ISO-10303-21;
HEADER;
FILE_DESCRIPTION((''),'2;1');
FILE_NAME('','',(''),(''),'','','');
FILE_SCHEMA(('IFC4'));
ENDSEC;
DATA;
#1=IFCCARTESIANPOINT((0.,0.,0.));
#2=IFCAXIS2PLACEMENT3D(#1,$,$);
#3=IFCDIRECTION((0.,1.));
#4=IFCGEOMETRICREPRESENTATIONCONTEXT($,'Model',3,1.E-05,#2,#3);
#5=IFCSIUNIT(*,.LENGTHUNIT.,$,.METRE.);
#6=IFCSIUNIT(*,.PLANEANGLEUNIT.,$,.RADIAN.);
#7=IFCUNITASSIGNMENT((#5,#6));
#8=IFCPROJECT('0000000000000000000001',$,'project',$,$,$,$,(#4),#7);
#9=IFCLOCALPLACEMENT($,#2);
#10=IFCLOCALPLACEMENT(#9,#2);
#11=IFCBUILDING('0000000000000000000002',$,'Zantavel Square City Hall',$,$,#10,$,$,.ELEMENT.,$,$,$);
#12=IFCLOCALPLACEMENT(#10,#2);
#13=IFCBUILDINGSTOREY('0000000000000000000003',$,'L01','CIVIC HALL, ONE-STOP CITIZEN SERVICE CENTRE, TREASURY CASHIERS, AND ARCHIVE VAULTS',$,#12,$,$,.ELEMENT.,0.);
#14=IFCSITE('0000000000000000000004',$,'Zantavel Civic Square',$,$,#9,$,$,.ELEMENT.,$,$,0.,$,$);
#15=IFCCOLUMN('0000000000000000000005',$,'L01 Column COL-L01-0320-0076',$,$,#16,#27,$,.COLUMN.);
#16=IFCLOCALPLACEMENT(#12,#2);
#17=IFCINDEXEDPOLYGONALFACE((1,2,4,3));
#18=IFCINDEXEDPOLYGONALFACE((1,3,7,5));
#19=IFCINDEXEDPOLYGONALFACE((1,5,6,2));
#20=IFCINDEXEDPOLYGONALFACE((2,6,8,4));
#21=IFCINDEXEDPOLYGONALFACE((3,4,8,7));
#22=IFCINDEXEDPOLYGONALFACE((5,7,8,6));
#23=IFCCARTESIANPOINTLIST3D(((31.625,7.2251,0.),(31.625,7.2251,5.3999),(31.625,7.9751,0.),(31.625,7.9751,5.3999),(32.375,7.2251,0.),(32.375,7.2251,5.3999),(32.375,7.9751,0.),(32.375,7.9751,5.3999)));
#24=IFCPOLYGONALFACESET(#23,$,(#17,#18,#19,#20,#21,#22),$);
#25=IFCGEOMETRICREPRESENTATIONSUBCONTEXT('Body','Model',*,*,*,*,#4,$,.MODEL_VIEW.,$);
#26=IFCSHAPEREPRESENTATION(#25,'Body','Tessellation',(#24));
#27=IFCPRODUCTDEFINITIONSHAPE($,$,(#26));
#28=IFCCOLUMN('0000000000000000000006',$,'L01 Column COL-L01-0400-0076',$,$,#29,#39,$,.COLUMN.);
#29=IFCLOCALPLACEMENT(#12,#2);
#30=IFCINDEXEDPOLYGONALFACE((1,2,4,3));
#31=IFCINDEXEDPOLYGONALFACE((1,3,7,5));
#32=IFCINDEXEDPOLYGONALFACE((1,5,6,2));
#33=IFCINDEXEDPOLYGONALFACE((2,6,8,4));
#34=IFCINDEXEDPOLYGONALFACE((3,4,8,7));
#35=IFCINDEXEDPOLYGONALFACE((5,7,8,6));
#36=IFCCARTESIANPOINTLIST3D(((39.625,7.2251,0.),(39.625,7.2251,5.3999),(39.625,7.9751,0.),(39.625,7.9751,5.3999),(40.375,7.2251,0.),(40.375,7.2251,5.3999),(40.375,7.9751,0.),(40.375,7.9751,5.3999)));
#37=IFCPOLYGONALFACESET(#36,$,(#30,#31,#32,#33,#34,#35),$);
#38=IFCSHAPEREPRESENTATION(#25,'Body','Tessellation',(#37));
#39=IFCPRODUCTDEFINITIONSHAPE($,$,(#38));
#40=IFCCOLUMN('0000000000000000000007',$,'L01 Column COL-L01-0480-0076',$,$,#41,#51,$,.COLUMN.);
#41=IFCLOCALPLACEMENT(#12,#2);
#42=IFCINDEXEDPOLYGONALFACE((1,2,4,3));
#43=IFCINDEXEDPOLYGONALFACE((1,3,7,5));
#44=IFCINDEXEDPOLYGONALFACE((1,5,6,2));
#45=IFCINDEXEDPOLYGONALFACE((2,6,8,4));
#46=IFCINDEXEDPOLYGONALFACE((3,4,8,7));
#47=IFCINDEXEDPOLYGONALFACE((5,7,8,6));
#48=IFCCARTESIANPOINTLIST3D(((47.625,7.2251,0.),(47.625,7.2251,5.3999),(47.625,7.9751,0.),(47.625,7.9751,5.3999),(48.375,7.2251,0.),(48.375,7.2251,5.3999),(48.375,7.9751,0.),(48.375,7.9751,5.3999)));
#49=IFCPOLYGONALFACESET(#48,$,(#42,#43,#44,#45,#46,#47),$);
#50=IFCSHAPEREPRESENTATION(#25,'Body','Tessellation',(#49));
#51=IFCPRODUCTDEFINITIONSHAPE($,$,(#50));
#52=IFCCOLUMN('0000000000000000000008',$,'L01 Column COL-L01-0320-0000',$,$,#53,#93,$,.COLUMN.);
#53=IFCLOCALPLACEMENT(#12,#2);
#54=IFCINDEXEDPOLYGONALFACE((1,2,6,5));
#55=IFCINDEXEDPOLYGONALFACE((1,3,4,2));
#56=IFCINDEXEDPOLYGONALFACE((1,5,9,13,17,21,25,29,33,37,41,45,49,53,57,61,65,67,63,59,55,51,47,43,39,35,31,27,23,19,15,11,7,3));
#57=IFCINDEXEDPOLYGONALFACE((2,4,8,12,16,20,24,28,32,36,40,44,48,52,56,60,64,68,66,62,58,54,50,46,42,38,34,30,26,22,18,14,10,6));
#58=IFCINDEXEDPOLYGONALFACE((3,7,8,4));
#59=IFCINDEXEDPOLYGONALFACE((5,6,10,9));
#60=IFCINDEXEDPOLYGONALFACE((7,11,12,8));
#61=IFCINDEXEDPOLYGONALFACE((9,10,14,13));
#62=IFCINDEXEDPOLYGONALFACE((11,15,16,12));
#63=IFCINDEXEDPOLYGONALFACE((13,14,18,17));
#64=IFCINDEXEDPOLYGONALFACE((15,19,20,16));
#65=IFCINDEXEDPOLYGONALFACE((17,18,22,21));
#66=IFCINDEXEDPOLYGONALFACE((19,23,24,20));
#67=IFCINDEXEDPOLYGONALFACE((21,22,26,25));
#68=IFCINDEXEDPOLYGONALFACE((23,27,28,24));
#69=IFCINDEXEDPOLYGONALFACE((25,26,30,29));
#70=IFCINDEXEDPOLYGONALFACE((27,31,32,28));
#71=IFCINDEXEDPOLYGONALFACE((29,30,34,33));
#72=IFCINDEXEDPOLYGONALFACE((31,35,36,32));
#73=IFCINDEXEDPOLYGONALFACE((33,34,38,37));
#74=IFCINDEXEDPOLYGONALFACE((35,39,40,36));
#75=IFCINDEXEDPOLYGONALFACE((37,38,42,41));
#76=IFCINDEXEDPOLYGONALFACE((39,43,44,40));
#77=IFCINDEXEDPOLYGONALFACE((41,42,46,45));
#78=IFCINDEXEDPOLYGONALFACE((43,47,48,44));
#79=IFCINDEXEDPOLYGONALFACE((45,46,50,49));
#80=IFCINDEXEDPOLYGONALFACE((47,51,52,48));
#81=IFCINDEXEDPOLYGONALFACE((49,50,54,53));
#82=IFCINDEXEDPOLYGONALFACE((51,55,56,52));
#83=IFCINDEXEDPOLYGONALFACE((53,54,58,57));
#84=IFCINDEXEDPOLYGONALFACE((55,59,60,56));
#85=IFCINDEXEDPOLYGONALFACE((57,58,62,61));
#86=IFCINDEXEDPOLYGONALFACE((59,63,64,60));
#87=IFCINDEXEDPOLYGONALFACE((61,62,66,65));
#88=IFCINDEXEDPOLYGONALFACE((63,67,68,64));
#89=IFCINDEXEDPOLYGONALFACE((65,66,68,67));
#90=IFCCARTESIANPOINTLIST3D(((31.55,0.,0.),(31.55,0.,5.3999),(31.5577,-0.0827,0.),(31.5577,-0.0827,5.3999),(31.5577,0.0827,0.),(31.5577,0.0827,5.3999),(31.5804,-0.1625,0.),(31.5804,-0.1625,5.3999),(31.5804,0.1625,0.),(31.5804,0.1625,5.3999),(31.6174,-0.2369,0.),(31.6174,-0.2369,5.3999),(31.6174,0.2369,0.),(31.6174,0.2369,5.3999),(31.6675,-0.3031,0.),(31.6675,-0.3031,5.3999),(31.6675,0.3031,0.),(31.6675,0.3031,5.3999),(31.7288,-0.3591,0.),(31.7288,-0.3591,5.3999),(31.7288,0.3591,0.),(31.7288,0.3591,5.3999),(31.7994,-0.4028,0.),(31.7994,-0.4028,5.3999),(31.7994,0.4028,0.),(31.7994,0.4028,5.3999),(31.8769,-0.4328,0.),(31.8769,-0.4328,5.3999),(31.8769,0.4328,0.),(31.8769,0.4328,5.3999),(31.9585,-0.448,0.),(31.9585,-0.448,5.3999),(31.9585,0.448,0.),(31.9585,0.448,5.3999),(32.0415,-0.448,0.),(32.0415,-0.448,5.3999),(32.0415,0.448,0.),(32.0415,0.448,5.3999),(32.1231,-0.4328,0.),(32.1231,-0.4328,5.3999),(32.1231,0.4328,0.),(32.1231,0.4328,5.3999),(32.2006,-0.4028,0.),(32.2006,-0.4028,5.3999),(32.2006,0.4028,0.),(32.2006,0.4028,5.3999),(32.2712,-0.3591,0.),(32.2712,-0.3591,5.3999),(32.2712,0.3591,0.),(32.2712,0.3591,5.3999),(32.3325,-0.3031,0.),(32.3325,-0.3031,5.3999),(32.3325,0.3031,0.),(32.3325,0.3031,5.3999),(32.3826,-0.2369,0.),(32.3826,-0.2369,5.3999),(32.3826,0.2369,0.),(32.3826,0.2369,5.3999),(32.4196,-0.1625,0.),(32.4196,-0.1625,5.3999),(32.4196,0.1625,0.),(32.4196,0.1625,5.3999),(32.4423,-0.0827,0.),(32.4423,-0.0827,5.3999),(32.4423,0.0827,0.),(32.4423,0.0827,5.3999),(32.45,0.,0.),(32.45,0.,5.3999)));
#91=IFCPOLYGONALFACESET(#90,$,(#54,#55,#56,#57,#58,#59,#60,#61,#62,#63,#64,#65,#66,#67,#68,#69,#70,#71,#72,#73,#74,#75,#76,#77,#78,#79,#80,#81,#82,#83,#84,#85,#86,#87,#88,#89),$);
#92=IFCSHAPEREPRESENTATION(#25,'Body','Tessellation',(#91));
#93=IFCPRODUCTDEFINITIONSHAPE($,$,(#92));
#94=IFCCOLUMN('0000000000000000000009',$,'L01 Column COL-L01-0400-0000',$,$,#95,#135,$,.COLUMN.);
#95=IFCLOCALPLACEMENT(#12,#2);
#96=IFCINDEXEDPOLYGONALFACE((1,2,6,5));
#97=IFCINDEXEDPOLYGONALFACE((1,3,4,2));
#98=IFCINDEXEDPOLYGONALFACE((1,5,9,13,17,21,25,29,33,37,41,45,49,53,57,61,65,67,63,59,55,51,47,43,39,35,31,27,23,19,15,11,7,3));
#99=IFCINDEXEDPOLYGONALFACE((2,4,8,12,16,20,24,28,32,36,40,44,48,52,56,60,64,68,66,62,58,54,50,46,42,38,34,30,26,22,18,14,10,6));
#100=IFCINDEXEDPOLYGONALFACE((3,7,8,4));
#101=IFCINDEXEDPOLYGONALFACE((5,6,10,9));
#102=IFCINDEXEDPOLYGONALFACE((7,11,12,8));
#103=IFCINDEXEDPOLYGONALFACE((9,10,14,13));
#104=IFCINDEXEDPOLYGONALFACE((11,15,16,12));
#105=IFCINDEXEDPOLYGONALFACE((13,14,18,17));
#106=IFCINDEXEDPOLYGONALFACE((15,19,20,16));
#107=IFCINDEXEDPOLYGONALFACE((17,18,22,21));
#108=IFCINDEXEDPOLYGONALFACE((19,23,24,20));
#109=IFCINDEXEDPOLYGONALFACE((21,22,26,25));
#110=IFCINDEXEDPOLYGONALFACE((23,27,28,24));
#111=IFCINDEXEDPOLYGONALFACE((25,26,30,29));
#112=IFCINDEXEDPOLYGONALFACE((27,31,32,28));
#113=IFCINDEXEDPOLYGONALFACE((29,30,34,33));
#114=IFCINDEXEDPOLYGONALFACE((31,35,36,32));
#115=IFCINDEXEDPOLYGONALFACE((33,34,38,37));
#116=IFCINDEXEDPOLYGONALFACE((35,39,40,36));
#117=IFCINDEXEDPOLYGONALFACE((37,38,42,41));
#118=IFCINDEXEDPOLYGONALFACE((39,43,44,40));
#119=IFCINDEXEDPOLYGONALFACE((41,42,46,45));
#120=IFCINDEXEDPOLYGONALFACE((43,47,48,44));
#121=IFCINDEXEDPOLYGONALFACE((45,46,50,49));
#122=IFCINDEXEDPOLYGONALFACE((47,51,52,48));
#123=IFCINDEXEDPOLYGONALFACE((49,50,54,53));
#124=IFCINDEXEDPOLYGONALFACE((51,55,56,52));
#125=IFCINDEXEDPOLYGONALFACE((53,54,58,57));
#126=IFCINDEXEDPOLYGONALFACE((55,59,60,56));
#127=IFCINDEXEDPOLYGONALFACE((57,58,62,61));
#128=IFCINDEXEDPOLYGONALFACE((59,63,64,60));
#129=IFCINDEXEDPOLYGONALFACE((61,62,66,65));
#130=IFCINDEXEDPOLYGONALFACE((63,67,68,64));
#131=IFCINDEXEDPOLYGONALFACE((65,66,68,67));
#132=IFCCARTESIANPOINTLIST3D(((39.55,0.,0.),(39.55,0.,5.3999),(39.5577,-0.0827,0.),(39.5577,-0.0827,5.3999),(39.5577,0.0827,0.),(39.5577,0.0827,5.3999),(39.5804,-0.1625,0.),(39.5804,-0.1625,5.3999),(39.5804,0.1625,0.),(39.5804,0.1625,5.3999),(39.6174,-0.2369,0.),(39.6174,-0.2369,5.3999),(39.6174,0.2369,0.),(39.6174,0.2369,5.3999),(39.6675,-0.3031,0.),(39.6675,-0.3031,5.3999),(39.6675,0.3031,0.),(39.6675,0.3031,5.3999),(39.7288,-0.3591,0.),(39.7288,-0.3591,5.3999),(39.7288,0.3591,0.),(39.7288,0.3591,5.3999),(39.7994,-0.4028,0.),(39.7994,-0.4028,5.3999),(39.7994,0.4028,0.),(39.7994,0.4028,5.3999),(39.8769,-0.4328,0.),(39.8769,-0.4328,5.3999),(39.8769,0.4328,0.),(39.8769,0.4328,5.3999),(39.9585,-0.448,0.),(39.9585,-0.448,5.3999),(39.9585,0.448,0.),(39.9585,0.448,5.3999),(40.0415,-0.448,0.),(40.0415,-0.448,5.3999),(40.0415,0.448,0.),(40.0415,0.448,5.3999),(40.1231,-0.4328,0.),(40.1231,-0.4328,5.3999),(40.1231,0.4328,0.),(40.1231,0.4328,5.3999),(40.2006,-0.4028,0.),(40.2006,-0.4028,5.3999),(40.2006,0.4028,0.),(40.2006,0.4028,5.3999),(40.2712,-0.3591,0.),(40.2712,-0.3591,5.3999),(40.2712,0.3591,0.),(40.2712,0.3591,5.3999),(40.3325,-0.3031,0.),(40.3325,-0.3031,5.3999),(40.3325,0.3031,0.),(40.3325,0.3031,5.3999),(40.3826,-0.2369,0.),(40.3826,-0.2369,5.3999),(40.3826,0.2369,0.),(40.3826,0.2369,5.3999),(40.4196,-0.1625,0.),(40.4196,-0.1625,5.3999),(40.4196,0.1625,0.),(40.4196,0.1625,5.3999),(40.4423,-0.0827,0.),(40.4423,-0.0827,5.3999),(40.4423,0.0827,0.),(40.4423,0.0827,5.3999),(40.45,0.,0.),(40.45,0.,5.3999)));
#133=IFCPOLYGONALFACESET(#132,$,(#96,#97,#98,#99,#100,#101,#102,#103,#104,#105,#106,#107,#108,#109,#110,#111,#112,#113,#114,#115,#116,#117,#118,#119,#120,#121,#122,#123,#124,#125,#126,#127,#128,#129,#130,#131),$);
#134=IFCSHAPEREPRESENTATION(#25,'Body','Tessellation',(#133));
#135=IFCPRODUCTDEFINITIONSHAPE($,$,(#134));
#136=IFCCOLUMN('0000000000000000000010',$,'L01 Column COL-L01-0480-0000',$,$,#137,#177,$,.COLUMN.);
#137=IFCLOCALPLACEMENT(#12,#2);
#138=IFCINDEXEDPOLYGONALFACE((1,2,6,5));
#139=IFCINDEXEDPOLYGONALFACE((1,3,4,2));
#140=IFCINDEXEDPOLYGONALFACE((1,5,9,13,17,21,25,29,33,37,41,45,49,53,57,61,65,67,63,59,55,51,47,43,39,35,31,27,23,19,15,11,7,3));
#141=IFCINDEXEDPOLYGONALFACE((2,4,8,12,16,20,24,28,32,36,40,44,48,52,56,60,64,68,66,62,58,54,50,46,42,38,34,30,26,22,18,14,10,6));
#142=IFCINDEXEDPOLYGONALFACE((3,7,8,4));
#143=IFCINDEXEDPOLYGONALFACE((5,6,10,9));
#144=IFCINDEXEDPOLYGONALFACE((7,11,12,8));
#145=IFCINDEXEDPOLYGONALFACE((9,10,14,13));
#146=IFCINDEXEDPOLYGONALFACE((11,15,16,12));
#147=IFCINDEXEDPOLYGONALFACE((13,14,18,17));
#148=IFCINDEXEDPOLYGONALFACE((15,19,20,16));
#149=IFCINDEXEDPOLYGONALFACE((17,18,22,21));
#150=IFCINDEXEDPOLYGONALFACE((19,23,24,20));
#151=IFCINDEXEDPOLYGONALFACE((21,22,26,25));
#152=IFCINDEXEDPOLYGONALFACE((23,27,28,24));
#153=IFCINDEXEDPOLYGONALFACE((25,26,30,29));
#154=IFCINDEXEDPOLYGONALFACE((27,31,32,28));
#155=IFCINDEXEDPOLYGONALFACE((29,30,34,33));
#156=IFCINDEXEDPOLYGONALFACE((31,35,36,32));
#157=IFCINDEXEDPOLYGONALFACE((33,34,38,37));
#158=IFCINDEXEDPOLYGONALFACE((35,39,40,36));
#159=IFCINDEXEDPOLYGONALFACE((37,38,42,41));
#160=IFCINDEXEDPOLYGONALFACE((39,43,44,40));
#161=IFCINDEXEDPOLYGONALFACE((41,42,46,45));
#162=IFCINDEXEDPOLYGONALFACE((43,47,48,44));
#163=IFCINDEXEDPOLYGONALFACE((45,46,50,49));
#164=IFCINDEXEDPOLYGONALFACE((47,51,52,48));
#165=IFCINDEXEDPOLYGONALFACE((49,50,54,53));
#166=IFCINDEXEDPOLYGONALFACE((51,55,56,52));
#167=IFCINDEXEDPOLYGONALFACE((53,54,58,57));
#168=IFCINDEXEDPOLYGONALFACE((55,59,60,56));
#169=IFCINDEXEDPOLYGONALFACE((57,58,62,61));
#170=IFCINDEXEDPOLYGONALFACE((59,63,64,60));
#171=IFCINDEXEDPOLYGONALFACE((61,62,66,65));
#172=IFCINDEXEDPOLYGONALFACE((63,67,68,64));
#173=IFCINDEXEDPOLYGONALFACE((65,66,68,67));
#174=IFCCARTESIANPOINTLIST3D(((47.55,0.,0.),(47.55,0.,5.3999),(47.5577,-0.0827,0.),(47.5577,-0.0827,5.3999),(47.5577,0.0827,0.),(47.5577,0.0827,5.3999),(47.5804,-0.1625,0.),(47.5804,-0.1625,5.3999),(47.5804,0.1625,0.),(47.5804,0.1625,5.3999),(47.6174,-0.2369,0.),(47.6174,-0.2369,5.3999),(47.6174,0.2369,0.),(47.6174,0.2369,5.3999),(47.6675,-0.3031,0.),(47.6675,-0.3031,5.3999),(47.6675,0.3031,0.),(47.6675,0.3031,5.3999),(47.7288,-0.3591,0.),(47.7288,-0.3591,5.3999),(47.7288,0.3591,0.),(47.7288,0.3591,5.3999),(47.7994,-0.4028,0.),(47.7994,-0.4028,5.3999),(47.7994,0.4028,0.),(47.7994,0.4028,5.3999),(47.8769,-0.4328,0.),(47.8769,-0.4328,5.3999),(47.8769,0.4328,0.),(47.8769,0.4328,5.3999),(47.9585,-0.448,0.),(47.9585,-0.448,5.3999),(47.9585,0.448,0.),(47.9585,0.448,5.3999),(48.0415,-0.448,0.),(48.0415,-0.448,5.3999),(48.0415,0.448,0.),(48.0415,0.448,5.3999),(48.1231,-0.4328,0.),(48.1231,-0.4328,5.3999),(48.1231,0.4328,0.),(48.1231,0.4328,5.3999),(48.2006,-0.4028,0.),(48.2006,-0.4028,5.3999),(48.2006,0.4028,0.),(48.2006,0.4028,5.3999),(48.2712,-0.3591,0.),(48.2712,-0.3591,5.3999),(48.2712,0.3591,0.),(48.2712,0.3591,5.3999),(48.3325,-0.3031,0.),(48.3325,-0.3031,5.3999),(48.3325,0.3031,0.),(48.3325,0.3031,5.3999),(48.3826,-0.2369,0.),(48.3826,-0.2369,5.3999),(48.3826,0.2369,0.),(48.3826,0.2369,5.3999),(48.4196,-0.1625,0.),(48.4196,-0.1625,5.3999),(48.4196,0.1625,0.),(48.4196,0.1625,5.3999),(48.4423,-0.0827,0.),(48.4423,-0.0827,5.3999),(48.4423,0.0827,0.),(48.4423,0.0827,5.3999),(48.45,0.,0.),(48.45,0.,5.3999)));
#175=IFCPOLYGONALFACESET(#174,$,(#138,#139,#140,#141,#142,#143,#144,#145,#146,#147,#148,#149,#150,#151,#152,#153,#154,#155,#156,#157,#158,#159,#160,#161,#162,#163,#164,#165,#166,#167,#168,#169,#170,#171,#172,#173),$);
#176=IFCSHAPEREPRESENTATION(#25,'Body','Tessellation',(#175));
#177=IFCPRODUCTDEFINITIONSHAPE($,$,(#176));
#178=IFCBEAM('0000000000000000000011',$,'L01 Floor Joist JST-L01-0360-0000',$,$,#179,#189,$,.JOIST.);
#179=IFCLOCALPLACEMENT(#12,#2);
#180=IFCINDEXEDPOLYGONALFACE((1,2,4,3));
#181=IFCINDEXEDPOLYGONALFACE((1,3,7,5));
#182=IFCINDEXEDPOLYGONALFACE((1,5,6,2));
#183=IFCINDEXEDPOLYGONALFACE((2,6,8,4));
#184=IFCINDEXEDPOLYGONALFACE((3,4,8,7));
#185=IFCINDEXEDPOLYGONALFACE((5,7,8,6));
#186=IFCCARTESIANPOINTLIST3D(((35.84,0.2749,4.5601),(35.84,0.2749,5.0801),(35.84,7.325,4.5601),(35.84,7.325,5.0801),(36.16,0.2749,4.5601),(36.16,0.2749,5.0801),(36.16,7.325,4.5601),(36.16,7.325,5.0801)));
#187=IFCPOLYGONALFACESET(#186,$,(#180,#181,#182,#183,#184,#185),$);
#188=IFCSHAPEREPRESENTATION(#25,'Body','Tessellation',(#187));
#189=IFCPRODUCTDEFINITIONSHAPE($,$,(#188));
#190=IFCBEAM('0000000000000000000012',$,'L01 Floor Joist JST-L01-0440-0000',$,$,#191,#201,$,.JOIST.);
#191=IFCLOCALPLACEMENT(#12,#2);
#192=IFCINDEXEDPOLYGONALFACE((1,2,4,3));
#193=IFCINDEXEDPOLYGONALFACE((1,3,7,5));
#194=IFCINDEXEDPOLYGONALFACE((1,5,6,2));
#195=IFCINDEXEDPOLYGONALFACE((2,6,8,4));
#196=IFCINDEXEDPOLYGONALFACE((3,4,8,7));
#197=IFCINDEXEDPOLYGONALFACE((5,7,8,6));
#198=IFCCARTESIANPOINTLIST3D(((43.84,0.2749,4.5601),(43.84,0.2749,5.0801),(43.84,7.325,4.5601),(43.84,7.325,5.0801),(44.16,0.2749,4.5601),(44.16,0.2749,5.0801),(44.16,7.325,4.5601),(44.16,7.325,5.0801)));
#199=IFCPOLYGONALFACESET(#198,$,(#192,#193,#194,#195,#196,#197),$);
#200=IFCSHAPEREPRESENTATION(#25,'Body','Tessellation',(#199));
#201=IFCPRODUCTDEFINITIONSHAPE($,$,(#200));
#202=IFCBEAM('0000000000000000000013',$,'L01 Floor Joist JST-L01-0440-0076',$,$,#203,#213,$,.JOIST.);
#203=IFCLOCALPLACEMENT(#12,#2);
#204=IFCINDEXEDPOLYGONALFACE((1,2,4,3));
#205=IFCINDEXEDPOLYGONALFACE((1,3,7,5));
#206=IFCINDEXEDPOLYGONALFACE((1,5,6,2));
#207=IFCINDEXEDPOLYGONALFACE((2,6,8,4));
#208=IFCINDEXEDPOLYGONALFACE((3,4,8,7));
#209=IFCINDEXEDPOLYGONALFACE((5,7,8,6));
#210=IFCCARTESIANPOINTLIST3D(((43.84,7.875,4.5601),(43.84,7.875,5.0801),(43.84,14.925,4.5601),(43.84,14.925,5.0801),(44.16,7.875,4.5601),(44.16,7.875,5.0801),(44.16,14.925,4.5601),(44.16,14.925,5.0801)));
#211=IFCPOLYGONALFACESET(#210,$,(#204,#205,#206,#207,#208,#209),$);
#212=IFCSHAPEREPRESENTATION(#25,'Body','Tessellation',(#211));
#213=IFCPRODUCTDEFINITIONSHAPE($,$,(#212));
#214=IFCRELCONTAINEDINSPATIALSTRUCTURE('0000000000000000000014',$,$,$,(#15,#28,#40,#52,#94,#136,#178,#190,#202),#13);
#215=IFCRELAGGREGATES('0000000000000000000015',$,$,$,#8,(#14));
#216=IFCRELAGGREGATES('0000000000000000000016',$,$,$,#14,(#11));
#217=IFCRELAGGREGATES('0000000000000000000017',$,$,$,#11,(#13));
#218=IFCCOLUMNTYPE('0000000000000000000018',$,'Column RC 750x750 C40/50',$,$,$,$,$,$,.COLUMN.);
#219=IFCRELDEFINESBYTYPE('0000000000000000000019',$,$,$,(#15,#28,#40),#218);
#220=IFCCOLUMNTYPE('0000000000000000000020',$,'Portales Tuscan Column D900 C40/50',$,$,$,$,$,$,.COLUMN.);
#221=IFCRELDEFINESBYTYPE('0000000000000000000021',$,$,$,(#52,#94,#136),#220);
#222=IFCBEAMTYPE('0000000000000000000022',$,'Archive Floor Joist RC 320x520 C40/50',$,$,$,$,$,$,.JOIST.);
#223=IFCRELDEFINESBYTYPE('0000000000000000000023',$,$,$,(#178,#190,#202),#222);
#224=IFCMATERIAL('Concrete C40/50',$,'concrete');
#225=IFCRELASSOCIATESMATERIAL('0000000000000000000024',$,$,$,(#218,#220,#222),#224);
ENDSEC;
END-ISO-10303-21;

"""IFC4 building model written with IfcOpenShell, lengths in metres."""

from ifc_helpers import new_model, si_unit, direction, frame, origin, origin_2d, place, context, subcontext, project, spatial, rectangle, circle, extrude, material, material_profile, profile_set, type_object, element, save


model = new_model("IFC4")

# Units and contexts
model_context = context("Model", 3, precision=1e-05, world=origin(), true_north=direction((0.0, 1.0)))
body_context = subcontext(model_context, "Body", "Model", "MODEL_VIEW")
ifc_project = project(units=[si_unit("LENGTHUNIT", "METRE"), si_unit("PLANEANGLEUNIT", "RADIAN")], contexts=[model_context])

# Site, building, storey
site_placement = place(None, origin())
site = spatial("IfcSite", under=ifc_project, at=site_placement, Name="Zantavel Civic Square", CompositionType="ELEMENT", RefElevation=0.0)
building_placement = place(site_placement, origin())
building = spatial("IfcBuilding", under=site, at=building_placement, Name="Zantavel Square City Hall", CompositionType="ELEMENT")
storey_placement = place(building_placement, origin())
storey = spatial("IfcBuildingStorey", under=building, at=storey_placement, Name="L01", Description="CIVIC HALL, ONE-STOP CITIZEN SERVICE CENTRE, TREASURY CASHIERS, AND ARCHIVE VAULTS", CompositionType="ELEMENT", Elevation=0.0)

# Columns
ifc_material_1 = material(Name="Concrete C40/50", Category="concrete")
ifc_material_profile_1 = material_profile(ifc_material_1, rectangle(XDim=0.75, YDim=0.75, at=origin_2d()), Name="RC 750x750")
ifc_profile_set_1 = profile_set([ifc_material_profile_1], Name="Concrete C40/50")
column_type_1 = type_object("IfcColumnType", Name="Column RC 750x750 C40/50", PredefinedType="COLUMN", material=ifc_profile_set_1)
for number, where, z_axis, x_axis, name in (
    (1, (32.0, 7.6001, 0.0), (0.0, 0.0, 1.0), (1.0, 0.0, 0.0), "L01 Column COL-L01-0320-0076"),
    (2, (40.0, 7.6001, 0.0), (0.0, 0.0, 1.0), (1.0, 0.0, 0.0), "L01 Column COL-L01-0400-0076"),
    (3, (48.0, 7.6001, 0.0), (0.0, 0.0, 1.0), (1.0, 0.0, 0.0), "L01 Column COL-L01-0480-0076"),
):
    element("IfcColumn", number, at=place(storey_placement, frame(where, z_axis=z_axis, x_axis=x_axis)), inside=storey, type_object=column_type_1, Name=name, PredefinedType="COLUMN", context=body_context, shape_type="SweptSolid", body=[
        extrude(rectangle(XDim=0.75, YDim=0.75, at=origin_2d()), origin(), (0.0, 0.0, 1.0), 5.3999),
    ])
ifc_material_profile_2 = material_profile(ifc_material_1, circle(Radius=0.45, at=origin_2d()), Name="ROUND D900")
ifc_profile_set_2 = profile_set([ifc_material_profile_2], Name="Concrete C40/50")
column_type_2 = type_object("IfcColumnType", Name="Portales Tuscan Column D900 C40/50", PredefinedType="COLUMN", material=ifc_profile_set_2)
for number, where, z_axis, x_axis, name in (
    (4, (32.0, 0.0, 0.0), (0.0, 0.0, 1.0), (1.0, 0.0, 0.0), "L01 Column COL-L01-0320-0000"),
    (5, (40.0, 0.0, 0.0), (0.0, 0.0, 1.0), (1.0, 0.0, 0.0), "L01 Column COL-L01-0400-0000"),
    (6, (48.0, 0.0, 0.0), (0.0, 0.0, 1.0), (1.0, 0.0, 0.0), "L01 Column COL-L01-0480-0000"),
):
    element("IfcColumn", number, at=place(storey_placement, frame(where, z_axis=z_axis, x_axis=x_axis)), inside=storey, type_object=column_type_2, Name=name, PredefinedType="COLUMN", context=body_context, shape_type="SweptSolid", body=[
        extrude(circle(Radius=0.45, at=origin_2d()), origin(), (0.0, 0.0, 1.0), 5.3999),
    ])

# Beams
ifc_material_profile_3 = material_profile(ifc_material_1, rectangle(XDim=0.3201, YDim=0.52, at=origin_2d()), Name="RC 320x520")
ifc_profile_set_3 = profile_set([ifc_material_profile_3], Name="Concrete C40/50")
beam_type_1 = type_object("IfcBeamType", Name="Archive Floor Joist RC 320x520 C40/50", PredefinedType="JOIST", material=ifc_profile_set_3)
for number, where, z_axis, x_axis, name in (
    (7, (36.0, 0.2749, 4.8201), (0.0, 1.0, 0.0), (-1.0, 0.0, 0.0), "L01 Floor Joist JST-L01-0360-0000"),
    (8, (44.0, 0.2749, 4.8201), (0.0, 1.0, 0.0), (-1.0, 0.0, 0.0), "L01 Floor Joist JST-L01-0440-0000"),
    (9, (44.0, 7.875, 4.8201), (0.0, 1.0, 0.0), (-1.0, 0.0, 0.0), "L01 Floor Joist JST-L01-0440-0076"),
):
    element("IfcBeam", number, at=place(storey_placement, frame(where, z_axis=z_axis, x_axis=x_axis)), inside=storey, type_object=beam_type_1, Name=name, PredefinedType="JOIST", context=body_context, shape_type="SweptSolid", body=[
        extrude(rectangle(XDim=0.3201, YDim=0.52, at=origin_2d()), origin(), (0.0, 0.0, 1.0), 7.05),
    ])

save(model, "model.ifc")
